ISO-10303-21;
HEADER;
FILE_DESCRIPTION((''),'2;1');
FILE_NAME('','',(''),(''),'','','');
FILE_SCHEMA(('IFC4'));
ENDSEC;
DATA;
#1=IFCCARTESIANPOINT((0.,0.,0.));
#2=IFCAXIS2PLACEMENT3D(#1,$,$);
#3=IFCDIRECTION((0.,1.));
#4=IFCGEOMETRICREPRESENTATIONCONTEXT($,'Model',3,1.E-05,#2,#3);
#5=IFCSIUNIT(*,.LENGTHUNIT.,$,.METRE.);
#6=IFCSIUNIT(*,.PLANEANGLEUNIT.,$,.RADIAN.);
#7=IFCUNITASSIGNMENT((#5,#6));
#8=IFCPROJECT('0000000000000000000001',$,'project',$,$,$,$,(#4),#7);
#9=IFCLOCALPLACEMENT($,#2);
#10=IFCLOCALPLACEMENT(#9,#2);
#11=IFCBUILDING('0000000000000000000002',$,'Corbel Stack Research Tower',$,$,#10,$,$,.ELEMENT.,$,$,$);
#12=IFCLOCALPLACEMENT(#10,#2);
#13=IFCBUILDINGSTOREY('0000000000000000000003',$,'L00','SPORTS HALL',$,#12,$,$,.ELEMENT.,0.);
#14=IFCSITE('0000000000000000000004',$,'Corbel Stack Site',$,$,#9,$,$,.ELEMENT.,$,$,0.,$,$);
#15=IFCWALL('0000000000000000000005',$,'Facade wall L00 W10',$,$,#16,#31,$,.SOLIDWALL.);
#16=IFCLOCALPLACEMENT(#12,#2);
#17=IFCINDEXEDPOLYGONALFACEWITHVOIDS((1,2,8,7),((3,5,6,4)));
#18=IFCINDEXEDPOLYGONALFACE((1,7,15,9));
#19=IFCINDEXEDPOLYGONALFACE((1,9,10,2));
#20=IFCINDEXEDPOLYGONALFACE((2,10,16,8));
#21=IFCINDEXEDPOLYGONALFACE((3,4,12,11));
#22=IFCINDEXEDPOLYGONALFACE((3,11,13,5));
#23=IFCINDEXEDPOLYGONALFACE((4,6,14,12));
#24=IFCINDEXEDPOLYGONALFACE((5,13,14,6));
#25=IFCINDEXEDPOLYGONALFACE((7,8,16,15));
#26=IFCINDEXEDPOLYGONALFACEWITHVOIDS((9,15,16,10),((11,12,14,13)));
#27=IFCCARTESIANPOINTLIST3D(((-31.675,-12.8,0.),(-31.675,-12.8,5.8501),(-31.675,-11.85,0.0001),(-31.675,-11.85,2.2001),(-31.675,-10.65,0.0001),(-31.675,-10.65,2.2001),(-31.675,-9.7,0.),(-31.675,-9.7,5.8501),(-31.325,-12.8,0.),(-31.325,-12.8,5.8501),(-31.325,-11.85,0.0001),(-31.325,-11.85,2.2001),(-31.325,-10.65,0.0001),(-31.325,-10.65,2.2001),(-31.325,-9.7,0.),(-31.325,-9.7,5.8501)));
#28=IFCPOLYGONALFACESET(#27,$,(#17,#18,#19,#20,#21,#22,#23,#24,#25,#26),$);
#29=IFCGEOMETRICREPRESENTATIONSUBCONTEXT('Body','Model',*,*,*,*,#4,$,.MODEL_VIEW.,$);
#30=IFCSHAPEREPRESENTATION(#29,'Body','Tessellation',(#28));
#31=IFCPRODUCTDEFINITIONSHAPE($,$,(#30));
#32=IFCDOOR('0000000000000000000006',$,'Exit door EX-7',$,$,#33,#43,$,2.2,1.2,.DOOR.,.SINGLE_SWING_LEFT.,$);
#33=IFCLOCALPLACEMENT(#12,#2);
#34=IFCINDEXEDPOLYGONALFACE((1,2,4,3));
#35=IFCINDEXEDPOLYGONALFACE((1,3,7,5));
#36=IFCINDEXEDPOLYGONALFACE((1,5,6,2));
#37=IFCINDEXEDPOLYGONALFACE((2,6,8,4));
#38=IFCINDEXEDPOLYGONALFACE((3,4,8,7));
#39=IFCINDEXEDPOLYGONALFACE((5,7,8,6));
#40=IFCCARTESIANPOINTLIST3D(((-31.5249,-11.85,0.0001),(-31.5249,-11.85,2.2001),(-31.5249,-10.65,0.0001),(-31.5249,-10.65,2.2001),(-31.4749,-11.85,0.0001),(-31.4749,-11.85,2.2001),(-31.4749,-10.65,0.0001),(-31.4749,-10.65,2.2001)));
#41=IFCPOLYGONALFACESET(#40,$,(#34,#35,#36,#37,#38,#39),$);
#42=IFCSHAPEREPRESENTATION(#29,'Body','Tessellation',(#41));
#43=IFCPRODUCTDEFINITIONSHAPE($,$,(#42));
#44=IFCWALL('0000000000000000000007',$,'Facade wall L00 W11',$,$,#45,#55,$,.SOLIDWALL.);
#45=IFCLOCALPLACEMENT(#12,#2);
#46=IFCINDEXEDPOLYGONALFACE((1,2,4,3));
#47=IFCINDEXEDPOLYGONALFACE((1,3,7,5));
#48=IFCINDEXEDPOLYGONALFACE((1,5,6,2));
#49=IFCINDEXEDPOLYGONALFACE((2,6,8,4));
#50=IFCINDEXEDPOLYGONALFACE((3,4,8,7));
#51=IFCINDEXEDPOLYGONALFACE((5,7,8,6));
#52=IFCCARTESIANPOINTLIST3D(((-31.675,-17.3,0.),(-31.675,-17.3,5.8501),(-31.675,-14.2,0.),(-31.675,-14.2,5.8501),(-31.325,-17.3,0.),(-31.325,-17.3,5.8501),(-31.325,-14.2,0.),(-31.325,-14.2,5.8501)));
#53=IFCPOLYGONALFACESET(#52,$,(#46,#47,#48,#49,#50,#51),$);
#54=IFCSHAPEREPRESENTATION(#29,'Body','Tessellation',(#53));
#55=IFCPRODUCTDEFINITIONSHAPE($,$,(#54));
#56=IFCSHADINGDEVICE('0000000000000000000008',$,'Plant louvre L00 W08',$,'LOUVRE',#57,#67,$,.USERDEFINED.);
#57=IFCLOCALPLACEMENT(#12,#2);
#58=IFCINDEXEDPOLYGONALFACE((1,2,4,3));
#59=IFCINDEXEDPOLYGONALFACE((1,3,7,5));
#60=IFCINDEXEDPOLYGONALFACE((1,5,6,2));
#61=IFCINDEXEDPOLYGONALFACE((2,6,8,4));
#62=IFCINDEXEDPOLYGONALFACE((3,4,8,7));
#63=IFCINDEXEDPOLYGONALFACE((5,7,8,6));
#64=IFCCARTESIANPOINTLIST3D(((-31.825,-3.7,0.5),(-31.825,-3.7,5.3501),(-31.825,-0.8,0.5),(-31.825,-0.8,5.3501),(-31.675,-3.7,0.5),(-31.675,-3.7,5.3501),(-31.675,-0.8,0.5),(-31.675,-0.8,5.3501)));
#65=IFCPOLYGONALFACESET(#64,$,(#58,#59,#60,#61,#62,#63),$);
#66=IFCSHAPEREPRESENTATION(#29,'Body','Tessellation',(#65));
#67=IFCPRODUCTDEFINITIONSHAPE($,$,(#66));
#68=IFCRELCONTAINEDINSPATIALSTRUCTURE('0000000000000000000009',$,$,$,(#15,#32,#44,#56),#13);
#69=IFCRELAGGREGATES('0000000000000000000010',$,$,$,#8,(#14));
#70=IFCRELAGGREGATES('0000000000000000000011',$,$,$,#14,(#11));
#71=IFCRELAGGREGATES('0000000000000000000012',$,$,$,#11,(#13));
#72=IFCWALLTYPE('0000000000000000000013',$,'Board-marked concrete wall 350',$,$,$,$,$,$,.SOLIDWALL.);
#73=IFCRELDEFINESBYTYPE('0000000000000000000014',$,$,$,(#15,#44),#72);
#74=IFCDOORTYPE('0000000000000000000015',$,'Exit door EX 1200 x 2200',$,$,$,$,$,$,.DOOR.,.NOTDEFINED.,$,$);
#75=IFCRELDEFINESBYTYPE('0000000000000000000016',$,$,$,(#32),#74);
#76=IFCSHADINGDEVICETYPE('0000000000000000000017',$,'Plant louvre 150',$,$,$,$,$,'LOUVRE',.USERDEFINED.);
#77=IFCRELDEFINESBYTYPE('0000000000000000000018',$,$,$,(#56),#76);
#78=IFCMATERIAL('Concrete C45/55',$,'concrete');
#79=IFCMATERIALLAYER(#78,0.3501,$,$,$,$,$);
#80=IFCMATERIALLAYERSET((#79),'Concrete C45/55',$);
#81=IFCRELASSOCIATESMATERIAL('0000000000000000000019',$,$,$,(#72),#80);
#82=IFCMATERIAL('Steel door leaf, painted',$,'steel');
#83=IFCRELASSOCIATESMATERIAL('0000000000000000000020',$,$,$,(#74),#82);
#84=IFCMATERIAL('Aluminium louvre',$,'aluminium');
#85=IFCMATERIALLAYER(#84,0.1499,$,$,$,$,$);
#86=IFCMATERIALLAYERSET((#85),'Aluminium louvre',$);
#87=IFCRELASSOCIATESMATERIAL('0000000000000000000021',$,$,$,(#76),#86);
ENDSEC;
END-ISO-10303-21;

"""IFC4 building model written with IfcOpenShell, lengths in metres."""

from ifc_helpers import new_model, si_unit, direction, frame, frame_2d, origin, origin_2d, place, context, subcontext, project, spatial, rectangle, extrude, material, layer, layer_set, type_object, element, fill, save


model = new_model("IFC4")

# Units and contexts
model_context = context("Model", 3, precision=1e-05, world=origin(), true_north=direction((0.0, 1.0)))
body_context = subcontext(model_context, "Body", "Model", "MODEL_VIEW")
ifc_project = project(units=[si_unit("LENGTHUNIT", "METRE"), si_unit("PLANEANGLEUNIT", "RADIAN")], contexts=[model_context])

# Site, building, storey
site_placement = place(None, origin())
site = spatial("IfcSite", under=ifc_project, at=site_placement, Name="Corbel Stack Site", CompositionType="ELEMENT", RefElevation=0.0)
building_placement = place(site_placement, origin())
building = spatial("IfcBuilding", under=site, at=building_placement, Name="Corbel Stack Research Tower", CompositionType="ELEMENT")
storey_placement = place(building_placement, origin())
storey = spatial("IfcBuildingStorey", under=building, at=storey_placement, Name="L00", Description="SPORTS HALL", CompositionType="ELEMENT", Elevation=0.0)

# Shared definitions
ifc_material_1 = material(Name="Concrete C45/55", Category="concrete")
ifc_layer_1 = layer(ifc_material_1, 0.3501)
ifc_layer_set_1 = layer_set([ifc_layer_1], Name="Concrete C45/55")
wall_type_1 = type_object("IfcWallType", Name="Board-marked concrete wall 350", PredefinedType="SOLIDWALL", material=ifc_layer_set_1)

# Wall, opening, door
wall_1_placement = place(storey_placement, frame((-31.5, -12.8, 0.0), z_axis=(0.0, 0.0, 1.0), x_axis=(0.0, 1.0, 0.0)))
wall_1 = element("IfcWall", 1, at=wall_1_placement, inside=storey, type_object=wall_type_1, Name="Facade wall L00 W10", PredefinedType="SOLIDWALL", context=body_context, shape_type="SweptSolid", body=[
    extrude(rectangle(XDim=3.1001, YDim=0.3501, at=frame_2d((1.55, 0.0))), origin(), (0.0, 0.0, 1.0), 5.8501),
])
opening_1_placement = place(wall_1_placement, frame((0.95, 0.0, 0.0)))
opening_1 = element("IfcOpeningElement", 2, at=opening_1_placement, cuts=wall_1, PredefinedType="OPENING", context=body_context, shape_type="SweptSolid", body=[
    extrude(rectangle(XDim=1.2, YDim=2.2, at=frame_2d((0.6001, 1.1001))), frame((0.0, 0.1851, 0.0), z_axis=(0.0, -1.0, 0.0), x_axis=(1.0, 0.0, 0.0)), (0.0, 0.0, 1.0), 0.3701),
])
ifc_material_2 = material(Name="Steel door leaf, painted", Category="steel")
door_type_1 = type_object("IfcDoorType", Name="Exit door EX 1200 x 2200", OperationType="NOTDEFINED", PredefinedType="DOOR", material=ifc_material_2)
door_1_placement = place(opening_1_placement, origin())
door_1 = element("IfcDoor", 3, at=door_1_placement, inside=storey, type_object=door_type_1, Name="Exit door EX-7", OperationType="SINGLE_SWING_LEFT", OverallHeight=2.2, OverallWidth=1.2, PredefinedType="DOOR", context=body_context, shape_type="SweptSolid", body=[
    extrude(rectangle(XDim=1.2, YDim=2.2, at=frame_2d((0.6001, 1.1001))), frame((0.0, 0.0249, 0.0), z_axis=(0.0, -1.0, 0.0), x_axis=(1.0, 0.0, 0.0)), (0.0, 0.0, 1.0), 0.05),
])
fill(opening_1, door_1)

# Wall
wall_2_placement = place(storey_placement, frame((-31.5, -17.3, 0.0), z_axis=(0.0, 0.0, 1.0), x_axis=(0.0, 1.0, 0.0)))
element("IfcWall", 4, at=wall_2_placement, inside=storey, type_object=wall_type_1, Name="Facade wall L00 W11", PredefinedType="SOLIDWALL", context=body_context, shape_type="SweptSolid", body=[
    extrude(rectangle(XDim=3.1001, YDim=0.3501, at=frame_2d((1.55, 0.0))), origin(), (0.0, 0.0, 1.0), 5.8501),
])

# Shading device
ifc_material_3 = material(Name="Aluminium louvre", Category="aluminium")
ifc_layer_2 = layer(ifc_material_3, 0.1499)
ifc_layer_set_2 = layer_set([ifc_layer_2], Name="Aluminium louvre")
shading_device_type = type_object("IfcShadingDeviceType", Name="Plant louvre 150", ElementType="LOUVRE", PredefinedType="USERDEFINED", material=ifc_layer_set_2)
shading_device_placement = place(storey_placement, frame((-31.75, -2.25, 0.5), z_axis=(0.0, 0.0, 1.0), x_axis=(0.0, -1.0, 0.0)))
element("IfcShadingDevice", 5, at=shading_device_placement, inside=storey, type_object=shading_device_type, Name="Plant louvre L00 W08", ObjectType="LOUVRE", PredefinedType="USERDEFINED", context=body_context, shape_type="SweptSolid", body=[
    extrude(rectangle(XDim=2.8999, YDim=0.1499, at=origin_2d()), origin(), (0.0, 0.0, 1.0), 4.8501),
])

save(model, "model.ifc")
